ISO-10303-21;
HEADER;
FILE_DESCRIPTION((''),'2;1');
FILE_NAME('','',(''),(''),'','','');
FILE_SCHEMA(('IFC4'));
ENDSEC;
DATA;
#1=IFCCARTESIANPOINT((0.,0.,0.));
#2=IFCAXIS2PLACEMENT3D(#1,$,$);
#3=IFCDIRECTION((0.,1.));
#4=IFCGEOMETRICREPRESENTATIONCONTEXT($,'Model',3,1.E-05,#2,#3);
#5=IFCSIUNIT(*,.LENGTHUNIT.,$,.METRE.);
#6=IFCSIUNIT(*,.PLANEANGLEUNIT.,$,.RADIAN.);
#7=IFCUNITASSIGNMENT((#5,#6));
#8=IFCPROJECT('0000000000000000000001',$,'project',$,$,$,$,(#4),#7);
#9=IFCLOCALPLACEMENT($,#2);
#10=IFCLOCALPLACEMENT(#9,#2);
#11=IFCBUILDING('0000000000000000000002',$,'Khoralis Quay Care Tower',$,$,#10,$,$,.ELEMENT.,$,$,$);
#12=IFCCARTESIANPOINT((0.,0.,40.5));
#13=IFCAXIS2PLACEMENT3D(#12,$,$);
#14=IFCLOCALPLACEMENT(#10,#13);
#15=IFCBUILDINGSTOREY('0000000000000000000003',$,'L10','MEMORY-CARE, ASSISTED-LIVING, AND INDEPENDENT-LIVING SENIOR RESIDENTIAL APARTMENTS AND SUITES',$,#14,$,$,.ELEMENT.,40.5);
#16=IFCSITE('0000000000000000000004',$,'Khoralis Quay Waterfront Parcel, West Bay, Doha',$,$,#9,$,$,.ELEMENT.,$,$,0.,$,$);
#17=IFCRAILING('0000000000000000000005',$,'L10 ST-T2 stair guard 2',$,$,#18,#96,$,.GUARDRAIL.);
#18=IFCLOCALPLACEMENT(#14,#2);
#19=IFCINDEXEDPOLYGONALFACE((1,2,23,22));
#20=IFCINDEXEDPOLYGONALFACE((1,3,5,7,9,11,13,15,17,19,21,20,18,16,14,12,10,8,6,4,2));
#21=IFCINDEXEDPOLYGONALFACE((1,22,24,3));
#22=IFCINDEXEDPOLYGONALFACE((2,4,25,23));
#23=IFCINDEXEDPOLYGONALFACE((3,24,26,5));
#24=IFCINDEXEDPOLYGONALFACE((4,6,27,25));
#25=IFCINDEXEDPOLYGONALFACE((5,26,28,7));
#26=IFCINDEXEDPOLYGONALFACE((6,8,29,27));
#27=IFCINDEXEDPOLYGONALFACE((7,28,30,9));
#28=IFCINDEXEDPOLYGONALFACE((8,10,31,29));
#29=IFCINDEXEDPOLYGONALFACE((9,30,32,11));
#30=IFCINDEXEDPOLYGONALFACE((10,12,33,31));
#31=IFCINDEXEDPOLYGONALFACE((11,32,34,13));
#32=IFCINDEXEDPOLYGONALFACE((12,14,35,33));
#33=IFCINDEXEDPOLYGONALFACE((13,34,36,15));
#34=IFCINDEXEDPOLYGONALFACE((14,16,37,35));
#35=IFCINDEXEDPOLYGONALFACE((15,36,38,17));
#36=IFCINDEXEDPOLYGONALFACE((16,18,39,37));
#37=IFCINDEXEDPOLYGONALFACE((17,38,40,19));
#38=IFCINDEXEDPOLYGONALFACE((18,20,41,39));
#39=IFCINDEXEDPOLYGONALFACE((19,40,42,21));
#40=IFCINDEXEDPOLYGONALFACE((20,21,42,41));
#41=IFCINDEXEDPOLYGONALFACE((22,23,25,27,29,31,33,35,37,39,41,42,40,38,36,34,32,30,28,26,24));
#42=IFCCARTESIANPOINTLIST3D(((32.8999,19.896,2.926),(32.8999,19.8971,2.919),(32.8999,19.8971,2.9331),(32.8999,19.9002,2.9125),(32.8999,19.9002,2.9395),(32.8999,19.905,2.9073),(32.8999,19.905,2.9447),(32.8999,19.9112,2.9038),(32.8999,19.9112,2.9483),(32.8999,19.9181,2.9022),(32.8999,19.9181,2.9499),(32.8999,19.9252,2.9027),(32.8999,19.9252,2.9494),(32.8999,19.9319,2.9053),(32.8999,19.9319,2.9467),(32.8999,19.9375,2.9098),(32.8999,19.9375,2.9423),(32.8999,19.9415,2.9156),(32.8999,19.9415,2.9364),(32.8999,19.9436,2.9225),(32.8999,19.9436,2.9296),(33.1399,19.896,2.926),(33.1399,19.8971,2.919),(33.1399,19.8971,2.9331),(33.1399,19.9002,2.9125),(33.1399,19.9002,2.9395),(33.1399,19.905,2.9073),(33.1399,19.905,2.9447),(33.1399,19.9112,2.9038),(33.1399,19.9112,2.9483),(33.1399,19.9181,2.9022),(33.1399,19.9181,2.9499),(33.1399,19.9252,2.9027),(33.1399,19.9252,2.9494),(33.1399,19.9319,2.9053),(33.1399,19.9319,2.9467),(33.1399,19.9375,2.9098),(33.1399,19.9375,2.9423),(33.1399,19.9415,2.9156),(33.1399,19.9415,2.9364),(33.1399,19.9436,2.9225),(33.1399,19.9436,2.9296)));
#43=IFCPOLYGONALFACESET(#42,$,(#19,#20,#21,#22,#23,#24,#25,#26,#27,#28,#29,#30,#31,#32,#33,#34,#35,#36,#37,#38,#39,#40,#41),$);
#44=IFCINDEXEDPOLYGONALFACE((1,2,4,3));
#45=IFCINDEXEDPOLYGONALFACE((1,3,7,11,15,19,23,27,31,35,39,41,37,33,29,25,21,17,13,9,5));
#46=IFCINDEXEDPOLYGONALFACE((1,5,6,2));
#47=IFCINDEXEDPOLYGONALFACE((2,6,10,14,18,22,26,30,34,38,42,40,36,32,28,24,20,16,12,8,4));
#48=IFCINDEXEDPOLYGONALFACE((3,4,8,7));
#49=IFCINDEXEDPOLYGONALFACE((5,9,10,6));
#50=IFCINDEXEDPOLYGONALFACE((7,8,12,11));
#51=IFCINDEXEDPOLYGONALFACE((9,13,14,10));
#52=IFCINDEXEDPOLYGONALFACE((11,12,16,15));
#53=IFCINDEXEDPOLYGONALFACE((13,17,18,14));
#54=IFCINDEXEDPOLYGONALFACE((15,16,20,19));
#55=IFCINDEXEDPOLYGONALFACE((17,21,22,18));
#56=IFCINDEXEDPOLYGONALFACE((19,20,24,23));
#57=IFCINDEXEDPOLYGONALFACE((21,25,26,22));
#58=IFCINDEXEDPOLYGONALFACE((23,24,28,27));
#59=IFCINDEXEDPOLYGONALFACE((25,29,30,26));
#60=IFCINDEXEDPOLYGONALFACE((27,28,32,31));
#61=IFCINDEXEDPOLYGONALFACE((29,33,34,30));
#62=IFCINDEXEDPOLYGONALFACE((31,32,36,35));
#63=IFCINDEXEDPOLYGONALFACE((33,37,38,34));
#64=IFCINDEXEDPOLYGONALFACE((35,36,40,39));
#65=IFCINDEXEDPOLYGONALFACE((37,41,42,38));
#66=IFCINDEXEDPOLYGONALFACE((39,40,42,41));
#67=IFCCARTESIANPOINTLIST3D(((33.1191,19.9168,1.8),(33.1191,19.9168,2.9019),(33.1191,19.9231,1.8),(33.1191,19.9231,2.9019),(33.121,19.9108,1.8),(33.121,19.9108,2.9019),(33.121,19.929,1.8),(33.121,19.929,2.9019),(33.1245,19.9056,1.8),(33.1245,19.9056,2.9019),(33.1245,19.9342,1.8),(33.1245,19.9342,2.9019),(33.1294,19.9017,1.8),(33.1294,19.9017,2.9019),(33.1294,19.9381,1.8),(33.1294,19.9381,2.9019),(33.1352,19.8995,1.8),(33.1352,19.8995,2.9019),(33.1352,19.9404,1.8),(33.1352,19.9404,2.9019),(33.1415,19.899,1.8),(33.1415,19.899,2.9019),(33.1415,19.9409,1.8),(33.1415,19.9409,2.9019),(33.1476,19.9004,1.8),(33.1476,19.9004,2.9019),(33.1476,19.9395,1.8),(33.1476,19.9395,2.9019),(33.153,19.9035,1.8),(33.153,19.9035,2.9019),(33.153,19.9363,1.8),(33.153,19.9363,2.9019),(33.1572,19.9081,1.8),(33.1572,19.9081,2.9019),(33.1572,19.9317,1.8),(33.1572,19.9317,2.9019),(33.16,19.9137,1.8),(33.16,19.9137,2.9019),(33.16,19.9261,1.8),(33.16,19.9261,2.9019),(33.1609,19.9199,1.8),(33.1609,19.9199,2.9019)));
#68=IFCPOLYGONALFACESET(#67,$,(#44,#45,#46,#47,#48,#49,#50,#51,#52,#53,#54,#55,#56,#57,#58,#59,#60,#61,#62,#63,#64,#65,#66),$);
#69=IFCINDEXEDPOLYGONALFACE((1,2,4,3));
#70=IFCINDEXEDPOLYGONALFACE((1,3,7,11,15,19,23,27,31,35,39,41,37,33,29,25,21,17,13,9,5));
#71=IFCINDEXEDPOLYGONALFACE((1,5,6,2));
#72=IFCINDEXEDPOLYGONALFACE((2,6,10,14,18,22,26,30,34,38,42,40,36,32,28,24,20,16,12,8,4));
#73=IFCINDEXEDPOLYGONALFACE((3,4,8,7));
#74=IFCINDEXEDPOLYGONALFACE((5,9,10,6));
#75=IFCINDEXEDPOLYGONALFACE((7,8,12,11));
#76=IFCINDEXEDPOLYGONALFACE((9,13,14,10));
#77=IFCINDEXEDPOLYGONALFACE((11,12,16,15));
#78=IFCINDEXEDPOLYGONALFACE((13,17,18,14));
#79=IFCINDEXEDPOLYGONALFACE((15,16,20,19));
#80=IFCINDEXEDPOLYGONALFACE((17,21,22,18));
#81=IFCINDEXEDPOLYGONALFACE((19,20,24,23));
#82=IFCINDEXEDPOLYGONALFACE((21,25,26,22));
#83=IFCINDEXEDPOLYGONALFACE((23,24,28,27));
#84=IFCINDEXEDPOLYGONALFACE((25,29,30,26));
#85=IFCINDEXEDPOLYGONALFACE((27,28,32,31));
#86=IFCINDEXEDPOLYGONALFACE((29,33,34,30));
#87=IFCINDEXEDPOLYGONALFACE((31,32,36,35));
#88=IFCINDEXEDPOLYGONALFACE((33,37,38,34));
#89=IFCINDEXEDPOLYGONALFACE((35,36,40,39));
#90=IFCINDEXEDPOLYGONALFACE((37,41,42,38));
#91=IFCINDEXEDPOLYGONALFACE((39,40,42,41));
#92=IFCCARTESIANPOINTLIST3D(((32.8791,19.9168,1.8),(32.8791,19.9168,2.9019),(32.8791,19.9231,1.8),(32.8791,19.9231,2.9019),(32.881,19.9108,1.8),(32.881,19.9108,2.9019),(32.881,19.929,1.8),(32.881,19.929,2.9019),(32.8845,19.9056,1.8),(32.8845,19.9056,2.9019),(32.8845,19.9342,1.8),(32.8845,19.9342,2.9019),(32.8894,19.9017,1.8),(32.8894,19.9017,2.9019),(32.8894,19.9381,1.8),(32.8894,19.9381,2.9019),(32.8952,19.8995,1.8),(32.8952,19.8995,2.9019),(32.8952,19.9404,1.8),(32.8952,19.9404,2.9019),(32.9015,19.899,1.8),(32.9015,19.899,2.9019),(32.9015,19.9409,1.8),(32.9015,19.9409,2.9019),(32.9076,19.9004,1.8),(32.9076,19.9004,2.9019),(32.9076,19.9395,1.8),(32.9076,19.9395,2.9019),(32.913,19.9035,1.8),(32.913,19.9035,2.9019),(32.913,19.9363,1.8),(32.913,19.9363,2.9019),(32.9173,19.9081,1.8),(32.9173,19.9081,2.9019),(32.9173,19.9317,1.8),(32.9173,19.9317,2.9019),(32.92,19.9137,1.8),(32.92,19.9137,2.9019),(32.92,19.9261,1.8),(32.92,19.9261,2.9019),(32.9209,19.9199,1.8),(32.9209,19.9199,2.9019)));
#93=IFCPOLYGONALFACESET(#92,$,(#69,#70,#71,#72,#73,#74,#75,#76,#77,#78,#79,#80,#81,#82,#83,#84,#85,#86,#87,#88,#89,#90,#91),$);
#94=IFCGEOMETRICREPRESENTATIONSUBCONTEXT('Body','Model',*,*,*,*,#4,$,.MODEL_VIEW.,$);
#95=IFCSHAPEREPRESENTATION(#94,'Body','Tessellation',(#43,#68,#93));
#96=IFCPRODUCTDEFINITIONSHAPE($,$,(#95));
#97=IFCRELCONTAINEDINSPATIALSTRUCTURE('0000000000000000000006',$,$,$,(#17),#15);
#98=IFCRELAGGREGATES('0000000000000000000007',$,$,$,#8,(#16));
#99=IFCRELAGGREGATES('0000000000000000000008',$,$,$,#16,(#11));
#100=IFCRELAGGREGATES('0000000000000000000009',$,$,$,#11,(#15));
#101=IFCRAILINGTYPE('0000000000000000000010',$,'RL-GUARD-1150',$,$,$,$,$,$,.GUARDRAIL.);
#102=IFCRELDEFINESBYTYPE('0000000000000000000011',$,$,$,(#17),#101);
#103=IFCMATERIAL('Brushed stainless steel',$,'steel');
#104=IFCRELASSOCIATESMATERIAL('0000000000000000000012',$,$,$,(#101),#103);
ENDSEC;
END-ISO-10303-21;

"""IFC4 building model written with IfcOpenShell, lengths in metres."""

from ifc_helpers import new_model, si_unit, direction, frame, origin, origin_2d, place, context, subcontext, project, spatial, circle, extrude, material, type_object, element, save


model = new_model("IFC4")

# Units and contexts
model_context = context("Model", 3, precision=1e-05, world=origin(), true_north=direction((0.0, 1.0)))
body_context = subcontext(model_context, "Body", "Model", "MODEL_VIEW")
ifc_project = project(units=[si_unit("LENGTHUNIT", "METRE"), si_unit("PLANEANGLEUNIT", "RADIAN")], contexts=[model_context])

# Site, building, storey
site_placement = place(None, origin())
site = spatial("IfcSite", under=ifc_project, at=site_placement, Name="Khoralis Quay Waterfront Parcel, West Bay, Doha", CompositionType="ELEMENT", RefElevation=0.0)
building_placement = place(site_placement, origin())
building = spatial("IfcBuilding", under=site, at=building_placement, Name="Khoralis Quay Care Tower", CompositionType="ELEMENT")
storey_placement = place(building_placement, frame((0.0, 0.0, 40.5)))
storey = spatial("IfcBuildingStorey", under=building, at=storey_placement, Name="L10", Description="MEMORY-CARE, ASSISTED-LIVING, AND INDEPENDENT-LIVING SENIOR RESIDENTIAL APARTMENTS AND SUITES", CompositionType="ELEMENT", Elevation=40.5)

# Shared definitions
ifc_material_1 = material(Name="Brushed stainless steel", Category="steel")

# Railing
railing_type_1 = type_object("IfcRailingType", Name="RL-GUARD-1150", PredefinedType="GUARDRAIL", material=ifc_material_1)
railing_1_placement = place(storey_placement, frame((33.1399, 19.9199, 1.8)))
element("IfcRailing", 1, at=railing_1_placement, inside=storey, type_object=railing_type_1, Name="L10 ST-T2 stair guard 2", PredefinedType="GUARDRAIL", context=body_context, shape_type="SweptSolid", body=[
    extrude(circle(Radius=0.0239, at=origin_2d()), frame((0.0, 0.0, 1.126), z_axis=(-1.0, 0.0, 0.0), x_axis=(0.0, -1.0, 0.0)), (0.0, 0.0, 1.0), 0.24),
    extrude(circle(Radius=0.021, at=origin_2d()), origin(), (0.0, 0.0, 1.0), 1.1018),
    extrude(circle(Radius=0.021, at=origin_2d()), frame((-0.24, 0.0, 0.0)), (0.0, 0.0, 1.0), 1.1018),
])

save(model, "model.ifc")
